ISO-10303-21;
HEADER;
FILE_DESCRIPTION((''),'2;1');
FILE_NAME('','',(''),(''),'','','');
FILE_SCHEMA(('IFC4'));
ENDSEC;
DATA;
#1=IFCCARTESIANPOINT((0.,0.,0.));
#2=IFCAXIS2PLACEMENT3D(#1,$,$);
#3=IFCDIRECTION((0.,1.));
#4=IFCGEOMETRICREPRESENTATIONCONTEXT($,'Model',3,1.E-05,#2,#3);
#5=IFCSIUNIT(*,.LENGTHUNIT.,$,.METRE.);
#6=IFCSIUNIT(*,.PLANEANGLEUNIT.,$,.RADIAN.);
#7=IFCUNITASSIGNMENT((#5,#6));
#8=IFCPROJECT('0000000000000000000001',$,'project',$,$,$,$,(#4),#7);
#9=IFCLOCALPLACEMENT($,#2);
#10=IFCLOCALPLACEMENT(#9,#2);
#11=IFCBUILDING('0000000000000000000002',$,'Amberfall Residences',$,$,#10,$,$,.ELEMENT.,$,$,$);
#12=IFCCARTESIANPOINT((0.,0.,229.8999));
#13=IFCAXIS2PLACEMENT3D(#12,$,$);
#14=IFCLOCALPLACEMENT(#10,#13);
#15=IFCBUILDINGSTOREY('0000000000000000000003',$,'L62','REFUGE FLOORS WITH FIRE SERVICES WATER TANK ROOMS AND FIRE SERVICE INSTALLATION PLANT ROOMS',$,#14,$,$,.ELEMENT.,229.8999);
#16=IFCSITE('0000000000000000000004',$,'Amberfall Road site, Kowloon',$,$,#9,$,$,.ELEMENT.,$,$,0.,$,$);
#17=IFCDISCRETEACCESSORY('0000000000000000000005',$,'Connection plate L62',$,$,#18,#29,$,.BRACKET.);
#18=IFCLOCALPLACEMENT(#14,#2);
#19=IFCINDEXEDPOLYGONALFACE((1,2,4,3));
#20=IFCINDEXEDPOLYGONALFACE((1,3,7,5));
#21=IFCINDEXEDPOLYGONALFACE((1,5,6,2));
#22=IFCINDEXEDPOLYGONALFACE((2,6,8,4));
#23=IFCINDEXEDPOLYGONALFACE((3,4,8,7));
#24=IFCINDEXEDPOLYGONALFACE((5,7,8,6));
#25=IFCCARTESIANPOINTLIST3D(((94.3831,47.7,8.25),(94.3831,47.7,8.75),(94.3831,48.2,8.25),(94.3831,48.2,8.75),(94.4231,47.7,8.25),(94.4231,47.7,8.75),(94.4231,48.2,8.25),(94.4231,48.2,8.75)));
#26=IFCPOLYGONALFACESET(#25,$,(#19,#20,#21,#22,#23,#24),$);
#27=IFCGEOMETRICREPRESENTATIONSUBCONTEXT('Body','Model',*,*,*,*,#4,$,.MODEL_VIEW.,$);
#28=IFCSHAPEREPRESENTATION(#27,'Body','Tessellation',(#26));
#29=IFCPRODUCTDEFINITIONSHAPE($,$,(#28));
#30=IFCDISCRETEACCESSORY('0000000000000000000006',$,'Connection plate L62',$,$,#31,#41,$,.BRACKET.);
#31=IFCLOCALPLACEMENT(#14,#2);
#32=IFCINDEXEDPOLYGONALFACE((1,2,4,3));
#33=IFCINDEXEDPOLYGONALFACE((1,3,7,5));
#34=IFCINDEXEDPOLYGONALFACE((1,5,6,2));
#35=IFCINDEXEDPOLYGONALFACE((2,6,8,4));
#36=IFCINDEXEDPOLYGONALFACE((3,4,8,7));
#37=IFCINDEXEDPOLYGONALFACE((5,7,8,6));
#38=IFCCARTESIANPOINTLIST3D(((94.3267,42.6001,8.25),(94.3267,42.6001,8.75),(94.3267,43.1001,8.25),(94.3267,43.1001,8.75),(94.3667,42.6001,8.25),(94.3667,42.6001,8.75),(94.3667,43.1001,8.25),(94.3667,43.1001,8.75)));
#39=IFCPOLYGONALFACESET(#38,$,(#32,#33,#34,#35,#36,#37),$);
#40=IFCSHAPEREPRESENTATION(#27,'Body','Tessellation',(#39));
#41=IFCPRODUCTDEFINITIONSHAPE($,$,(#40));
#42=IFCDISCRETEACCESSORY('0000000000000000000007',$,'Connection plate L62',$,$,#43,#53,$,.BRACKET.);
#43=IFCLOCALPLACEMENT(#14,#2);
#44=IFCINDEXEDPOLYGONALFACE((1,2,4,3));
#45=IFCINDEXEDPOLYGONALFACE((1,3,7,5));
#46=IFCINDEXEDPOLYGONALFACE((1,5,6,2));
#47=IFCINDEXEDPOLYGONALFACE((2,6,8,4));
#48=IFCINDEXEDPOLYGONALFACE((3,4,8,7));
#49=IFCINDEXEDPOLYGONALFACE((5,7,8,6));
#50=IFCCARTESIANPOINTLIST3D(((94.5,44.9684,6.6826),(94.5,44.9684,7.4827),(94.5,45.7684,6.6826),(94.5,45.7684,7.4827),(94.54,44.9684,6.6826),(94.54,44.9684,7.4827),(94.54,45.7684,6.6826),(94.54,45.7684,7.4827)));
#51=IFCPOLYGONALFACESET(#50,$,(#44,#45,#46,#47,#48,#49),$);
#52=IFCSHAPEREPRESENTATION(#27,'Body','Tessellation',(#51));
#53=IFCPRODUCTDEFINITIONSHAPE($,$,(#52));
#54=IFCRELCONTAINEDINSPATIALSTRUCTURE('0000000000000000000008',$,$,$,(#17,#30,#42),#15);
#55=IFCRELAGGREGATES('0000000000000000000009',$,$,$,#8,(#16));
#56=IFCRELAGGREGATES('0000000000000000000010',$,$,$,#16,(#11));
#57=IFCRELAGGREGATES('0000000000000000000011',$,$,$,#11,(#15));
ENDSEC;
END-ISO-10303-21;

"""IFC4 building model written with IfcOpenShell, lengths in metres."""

from ifc_helpers import new_model, si_unit, direction, frame, origin, origin_2d, place, context, subcontext, project, spatial, rectangle, extrude, element, save


model = new_model("IFC4")

# Units and contexts
model_context = context("Model", 3, precision=1e-05, world=origin(), true_north=direction((0.0, 1.0)))
body_context = subcontext(model_context, "Body", "Model", "MODEL_VIEW")
ifc_project = project(units=[si_unit("LENGTHUNIT", "METRE"), si_unit("PLANEANGLEUNIT", "RADIAN")], contexts=[model_context])

# Site, building, storey
site_placement = place(None, origin())
site = spatial("IfcSite", under=ifc_project, at=site_placement, Name="Amberfall Road site, Kowloon", CompositionType="ELEMENT", RefElevation=0.0)
building_placement = place(site_placement, origin())
building = spatial("IfcBuilding", under=site, at=building_placement, Name="Amberfall Residences", CompositionType="ELEMENT")
storey_placement = place(building_placement, frame((0.0, 0.0, 229.8999)))
storey = spatial("IfcBuildingStorey", under=building, at=storey_placement, Name="L62", Description="REFUGE FLOORS WITH FIRE SERVICES WATER TANK ROOMS AND FIRE SERVICE INSTALLATION PLANT ROOMS", CompositionType="ELEMENT", Elevation=229.8999)

# Discrete accessories
for number, where, z_axis, x_axis, name in (
    (1, (94.4031, 47.95, 8.25), (0.0, 0.0, 1.0), (0.0, 1.0, 0.0), "Connection plate L62"),
    (2, (94.3467, 42.8501, 8.25), (0.0, 0.0, 1.0), (0.0, 1.0, 0.0), "Connection plate L62"),
):
    element("IfcDiscreteAccessory", number, at=place(storey_placement, frame(where, z_axis=z_axis, x_axis=x_axis)), inside=storey, Name=name, PredefinedType="BRACKET", context=body_context, shape_type="SweptSolid", body=[
        extrude(rectangle(XDim=0.5, YDim=0.04, at=origin_2d()), origin(), (0.0, 0.0, 1.0), 0.5),
    ])
discrete_accessory_1_placement = place(storey_placement, frame((94.52, 45.3684, 6.6826), z_axis=(0.0, 0.0, 1.0), x_axis=(0.0, 1.0, 0.0)))
element("IfcDiscreteAccessory", 3, at=discrete_accessory_1_placement, inside=storey, Name="Connection plate L62", PredefinedType="BRACKET", context=body_context, shape_type="SweptSolid", body=[
    extrude(rectangle(XDim=0.8, YDim=0.04, at=origin_2d()), origin(), (0.0, 0.0, 1.0), 0.8),
])

save(model, "model.ifc")
